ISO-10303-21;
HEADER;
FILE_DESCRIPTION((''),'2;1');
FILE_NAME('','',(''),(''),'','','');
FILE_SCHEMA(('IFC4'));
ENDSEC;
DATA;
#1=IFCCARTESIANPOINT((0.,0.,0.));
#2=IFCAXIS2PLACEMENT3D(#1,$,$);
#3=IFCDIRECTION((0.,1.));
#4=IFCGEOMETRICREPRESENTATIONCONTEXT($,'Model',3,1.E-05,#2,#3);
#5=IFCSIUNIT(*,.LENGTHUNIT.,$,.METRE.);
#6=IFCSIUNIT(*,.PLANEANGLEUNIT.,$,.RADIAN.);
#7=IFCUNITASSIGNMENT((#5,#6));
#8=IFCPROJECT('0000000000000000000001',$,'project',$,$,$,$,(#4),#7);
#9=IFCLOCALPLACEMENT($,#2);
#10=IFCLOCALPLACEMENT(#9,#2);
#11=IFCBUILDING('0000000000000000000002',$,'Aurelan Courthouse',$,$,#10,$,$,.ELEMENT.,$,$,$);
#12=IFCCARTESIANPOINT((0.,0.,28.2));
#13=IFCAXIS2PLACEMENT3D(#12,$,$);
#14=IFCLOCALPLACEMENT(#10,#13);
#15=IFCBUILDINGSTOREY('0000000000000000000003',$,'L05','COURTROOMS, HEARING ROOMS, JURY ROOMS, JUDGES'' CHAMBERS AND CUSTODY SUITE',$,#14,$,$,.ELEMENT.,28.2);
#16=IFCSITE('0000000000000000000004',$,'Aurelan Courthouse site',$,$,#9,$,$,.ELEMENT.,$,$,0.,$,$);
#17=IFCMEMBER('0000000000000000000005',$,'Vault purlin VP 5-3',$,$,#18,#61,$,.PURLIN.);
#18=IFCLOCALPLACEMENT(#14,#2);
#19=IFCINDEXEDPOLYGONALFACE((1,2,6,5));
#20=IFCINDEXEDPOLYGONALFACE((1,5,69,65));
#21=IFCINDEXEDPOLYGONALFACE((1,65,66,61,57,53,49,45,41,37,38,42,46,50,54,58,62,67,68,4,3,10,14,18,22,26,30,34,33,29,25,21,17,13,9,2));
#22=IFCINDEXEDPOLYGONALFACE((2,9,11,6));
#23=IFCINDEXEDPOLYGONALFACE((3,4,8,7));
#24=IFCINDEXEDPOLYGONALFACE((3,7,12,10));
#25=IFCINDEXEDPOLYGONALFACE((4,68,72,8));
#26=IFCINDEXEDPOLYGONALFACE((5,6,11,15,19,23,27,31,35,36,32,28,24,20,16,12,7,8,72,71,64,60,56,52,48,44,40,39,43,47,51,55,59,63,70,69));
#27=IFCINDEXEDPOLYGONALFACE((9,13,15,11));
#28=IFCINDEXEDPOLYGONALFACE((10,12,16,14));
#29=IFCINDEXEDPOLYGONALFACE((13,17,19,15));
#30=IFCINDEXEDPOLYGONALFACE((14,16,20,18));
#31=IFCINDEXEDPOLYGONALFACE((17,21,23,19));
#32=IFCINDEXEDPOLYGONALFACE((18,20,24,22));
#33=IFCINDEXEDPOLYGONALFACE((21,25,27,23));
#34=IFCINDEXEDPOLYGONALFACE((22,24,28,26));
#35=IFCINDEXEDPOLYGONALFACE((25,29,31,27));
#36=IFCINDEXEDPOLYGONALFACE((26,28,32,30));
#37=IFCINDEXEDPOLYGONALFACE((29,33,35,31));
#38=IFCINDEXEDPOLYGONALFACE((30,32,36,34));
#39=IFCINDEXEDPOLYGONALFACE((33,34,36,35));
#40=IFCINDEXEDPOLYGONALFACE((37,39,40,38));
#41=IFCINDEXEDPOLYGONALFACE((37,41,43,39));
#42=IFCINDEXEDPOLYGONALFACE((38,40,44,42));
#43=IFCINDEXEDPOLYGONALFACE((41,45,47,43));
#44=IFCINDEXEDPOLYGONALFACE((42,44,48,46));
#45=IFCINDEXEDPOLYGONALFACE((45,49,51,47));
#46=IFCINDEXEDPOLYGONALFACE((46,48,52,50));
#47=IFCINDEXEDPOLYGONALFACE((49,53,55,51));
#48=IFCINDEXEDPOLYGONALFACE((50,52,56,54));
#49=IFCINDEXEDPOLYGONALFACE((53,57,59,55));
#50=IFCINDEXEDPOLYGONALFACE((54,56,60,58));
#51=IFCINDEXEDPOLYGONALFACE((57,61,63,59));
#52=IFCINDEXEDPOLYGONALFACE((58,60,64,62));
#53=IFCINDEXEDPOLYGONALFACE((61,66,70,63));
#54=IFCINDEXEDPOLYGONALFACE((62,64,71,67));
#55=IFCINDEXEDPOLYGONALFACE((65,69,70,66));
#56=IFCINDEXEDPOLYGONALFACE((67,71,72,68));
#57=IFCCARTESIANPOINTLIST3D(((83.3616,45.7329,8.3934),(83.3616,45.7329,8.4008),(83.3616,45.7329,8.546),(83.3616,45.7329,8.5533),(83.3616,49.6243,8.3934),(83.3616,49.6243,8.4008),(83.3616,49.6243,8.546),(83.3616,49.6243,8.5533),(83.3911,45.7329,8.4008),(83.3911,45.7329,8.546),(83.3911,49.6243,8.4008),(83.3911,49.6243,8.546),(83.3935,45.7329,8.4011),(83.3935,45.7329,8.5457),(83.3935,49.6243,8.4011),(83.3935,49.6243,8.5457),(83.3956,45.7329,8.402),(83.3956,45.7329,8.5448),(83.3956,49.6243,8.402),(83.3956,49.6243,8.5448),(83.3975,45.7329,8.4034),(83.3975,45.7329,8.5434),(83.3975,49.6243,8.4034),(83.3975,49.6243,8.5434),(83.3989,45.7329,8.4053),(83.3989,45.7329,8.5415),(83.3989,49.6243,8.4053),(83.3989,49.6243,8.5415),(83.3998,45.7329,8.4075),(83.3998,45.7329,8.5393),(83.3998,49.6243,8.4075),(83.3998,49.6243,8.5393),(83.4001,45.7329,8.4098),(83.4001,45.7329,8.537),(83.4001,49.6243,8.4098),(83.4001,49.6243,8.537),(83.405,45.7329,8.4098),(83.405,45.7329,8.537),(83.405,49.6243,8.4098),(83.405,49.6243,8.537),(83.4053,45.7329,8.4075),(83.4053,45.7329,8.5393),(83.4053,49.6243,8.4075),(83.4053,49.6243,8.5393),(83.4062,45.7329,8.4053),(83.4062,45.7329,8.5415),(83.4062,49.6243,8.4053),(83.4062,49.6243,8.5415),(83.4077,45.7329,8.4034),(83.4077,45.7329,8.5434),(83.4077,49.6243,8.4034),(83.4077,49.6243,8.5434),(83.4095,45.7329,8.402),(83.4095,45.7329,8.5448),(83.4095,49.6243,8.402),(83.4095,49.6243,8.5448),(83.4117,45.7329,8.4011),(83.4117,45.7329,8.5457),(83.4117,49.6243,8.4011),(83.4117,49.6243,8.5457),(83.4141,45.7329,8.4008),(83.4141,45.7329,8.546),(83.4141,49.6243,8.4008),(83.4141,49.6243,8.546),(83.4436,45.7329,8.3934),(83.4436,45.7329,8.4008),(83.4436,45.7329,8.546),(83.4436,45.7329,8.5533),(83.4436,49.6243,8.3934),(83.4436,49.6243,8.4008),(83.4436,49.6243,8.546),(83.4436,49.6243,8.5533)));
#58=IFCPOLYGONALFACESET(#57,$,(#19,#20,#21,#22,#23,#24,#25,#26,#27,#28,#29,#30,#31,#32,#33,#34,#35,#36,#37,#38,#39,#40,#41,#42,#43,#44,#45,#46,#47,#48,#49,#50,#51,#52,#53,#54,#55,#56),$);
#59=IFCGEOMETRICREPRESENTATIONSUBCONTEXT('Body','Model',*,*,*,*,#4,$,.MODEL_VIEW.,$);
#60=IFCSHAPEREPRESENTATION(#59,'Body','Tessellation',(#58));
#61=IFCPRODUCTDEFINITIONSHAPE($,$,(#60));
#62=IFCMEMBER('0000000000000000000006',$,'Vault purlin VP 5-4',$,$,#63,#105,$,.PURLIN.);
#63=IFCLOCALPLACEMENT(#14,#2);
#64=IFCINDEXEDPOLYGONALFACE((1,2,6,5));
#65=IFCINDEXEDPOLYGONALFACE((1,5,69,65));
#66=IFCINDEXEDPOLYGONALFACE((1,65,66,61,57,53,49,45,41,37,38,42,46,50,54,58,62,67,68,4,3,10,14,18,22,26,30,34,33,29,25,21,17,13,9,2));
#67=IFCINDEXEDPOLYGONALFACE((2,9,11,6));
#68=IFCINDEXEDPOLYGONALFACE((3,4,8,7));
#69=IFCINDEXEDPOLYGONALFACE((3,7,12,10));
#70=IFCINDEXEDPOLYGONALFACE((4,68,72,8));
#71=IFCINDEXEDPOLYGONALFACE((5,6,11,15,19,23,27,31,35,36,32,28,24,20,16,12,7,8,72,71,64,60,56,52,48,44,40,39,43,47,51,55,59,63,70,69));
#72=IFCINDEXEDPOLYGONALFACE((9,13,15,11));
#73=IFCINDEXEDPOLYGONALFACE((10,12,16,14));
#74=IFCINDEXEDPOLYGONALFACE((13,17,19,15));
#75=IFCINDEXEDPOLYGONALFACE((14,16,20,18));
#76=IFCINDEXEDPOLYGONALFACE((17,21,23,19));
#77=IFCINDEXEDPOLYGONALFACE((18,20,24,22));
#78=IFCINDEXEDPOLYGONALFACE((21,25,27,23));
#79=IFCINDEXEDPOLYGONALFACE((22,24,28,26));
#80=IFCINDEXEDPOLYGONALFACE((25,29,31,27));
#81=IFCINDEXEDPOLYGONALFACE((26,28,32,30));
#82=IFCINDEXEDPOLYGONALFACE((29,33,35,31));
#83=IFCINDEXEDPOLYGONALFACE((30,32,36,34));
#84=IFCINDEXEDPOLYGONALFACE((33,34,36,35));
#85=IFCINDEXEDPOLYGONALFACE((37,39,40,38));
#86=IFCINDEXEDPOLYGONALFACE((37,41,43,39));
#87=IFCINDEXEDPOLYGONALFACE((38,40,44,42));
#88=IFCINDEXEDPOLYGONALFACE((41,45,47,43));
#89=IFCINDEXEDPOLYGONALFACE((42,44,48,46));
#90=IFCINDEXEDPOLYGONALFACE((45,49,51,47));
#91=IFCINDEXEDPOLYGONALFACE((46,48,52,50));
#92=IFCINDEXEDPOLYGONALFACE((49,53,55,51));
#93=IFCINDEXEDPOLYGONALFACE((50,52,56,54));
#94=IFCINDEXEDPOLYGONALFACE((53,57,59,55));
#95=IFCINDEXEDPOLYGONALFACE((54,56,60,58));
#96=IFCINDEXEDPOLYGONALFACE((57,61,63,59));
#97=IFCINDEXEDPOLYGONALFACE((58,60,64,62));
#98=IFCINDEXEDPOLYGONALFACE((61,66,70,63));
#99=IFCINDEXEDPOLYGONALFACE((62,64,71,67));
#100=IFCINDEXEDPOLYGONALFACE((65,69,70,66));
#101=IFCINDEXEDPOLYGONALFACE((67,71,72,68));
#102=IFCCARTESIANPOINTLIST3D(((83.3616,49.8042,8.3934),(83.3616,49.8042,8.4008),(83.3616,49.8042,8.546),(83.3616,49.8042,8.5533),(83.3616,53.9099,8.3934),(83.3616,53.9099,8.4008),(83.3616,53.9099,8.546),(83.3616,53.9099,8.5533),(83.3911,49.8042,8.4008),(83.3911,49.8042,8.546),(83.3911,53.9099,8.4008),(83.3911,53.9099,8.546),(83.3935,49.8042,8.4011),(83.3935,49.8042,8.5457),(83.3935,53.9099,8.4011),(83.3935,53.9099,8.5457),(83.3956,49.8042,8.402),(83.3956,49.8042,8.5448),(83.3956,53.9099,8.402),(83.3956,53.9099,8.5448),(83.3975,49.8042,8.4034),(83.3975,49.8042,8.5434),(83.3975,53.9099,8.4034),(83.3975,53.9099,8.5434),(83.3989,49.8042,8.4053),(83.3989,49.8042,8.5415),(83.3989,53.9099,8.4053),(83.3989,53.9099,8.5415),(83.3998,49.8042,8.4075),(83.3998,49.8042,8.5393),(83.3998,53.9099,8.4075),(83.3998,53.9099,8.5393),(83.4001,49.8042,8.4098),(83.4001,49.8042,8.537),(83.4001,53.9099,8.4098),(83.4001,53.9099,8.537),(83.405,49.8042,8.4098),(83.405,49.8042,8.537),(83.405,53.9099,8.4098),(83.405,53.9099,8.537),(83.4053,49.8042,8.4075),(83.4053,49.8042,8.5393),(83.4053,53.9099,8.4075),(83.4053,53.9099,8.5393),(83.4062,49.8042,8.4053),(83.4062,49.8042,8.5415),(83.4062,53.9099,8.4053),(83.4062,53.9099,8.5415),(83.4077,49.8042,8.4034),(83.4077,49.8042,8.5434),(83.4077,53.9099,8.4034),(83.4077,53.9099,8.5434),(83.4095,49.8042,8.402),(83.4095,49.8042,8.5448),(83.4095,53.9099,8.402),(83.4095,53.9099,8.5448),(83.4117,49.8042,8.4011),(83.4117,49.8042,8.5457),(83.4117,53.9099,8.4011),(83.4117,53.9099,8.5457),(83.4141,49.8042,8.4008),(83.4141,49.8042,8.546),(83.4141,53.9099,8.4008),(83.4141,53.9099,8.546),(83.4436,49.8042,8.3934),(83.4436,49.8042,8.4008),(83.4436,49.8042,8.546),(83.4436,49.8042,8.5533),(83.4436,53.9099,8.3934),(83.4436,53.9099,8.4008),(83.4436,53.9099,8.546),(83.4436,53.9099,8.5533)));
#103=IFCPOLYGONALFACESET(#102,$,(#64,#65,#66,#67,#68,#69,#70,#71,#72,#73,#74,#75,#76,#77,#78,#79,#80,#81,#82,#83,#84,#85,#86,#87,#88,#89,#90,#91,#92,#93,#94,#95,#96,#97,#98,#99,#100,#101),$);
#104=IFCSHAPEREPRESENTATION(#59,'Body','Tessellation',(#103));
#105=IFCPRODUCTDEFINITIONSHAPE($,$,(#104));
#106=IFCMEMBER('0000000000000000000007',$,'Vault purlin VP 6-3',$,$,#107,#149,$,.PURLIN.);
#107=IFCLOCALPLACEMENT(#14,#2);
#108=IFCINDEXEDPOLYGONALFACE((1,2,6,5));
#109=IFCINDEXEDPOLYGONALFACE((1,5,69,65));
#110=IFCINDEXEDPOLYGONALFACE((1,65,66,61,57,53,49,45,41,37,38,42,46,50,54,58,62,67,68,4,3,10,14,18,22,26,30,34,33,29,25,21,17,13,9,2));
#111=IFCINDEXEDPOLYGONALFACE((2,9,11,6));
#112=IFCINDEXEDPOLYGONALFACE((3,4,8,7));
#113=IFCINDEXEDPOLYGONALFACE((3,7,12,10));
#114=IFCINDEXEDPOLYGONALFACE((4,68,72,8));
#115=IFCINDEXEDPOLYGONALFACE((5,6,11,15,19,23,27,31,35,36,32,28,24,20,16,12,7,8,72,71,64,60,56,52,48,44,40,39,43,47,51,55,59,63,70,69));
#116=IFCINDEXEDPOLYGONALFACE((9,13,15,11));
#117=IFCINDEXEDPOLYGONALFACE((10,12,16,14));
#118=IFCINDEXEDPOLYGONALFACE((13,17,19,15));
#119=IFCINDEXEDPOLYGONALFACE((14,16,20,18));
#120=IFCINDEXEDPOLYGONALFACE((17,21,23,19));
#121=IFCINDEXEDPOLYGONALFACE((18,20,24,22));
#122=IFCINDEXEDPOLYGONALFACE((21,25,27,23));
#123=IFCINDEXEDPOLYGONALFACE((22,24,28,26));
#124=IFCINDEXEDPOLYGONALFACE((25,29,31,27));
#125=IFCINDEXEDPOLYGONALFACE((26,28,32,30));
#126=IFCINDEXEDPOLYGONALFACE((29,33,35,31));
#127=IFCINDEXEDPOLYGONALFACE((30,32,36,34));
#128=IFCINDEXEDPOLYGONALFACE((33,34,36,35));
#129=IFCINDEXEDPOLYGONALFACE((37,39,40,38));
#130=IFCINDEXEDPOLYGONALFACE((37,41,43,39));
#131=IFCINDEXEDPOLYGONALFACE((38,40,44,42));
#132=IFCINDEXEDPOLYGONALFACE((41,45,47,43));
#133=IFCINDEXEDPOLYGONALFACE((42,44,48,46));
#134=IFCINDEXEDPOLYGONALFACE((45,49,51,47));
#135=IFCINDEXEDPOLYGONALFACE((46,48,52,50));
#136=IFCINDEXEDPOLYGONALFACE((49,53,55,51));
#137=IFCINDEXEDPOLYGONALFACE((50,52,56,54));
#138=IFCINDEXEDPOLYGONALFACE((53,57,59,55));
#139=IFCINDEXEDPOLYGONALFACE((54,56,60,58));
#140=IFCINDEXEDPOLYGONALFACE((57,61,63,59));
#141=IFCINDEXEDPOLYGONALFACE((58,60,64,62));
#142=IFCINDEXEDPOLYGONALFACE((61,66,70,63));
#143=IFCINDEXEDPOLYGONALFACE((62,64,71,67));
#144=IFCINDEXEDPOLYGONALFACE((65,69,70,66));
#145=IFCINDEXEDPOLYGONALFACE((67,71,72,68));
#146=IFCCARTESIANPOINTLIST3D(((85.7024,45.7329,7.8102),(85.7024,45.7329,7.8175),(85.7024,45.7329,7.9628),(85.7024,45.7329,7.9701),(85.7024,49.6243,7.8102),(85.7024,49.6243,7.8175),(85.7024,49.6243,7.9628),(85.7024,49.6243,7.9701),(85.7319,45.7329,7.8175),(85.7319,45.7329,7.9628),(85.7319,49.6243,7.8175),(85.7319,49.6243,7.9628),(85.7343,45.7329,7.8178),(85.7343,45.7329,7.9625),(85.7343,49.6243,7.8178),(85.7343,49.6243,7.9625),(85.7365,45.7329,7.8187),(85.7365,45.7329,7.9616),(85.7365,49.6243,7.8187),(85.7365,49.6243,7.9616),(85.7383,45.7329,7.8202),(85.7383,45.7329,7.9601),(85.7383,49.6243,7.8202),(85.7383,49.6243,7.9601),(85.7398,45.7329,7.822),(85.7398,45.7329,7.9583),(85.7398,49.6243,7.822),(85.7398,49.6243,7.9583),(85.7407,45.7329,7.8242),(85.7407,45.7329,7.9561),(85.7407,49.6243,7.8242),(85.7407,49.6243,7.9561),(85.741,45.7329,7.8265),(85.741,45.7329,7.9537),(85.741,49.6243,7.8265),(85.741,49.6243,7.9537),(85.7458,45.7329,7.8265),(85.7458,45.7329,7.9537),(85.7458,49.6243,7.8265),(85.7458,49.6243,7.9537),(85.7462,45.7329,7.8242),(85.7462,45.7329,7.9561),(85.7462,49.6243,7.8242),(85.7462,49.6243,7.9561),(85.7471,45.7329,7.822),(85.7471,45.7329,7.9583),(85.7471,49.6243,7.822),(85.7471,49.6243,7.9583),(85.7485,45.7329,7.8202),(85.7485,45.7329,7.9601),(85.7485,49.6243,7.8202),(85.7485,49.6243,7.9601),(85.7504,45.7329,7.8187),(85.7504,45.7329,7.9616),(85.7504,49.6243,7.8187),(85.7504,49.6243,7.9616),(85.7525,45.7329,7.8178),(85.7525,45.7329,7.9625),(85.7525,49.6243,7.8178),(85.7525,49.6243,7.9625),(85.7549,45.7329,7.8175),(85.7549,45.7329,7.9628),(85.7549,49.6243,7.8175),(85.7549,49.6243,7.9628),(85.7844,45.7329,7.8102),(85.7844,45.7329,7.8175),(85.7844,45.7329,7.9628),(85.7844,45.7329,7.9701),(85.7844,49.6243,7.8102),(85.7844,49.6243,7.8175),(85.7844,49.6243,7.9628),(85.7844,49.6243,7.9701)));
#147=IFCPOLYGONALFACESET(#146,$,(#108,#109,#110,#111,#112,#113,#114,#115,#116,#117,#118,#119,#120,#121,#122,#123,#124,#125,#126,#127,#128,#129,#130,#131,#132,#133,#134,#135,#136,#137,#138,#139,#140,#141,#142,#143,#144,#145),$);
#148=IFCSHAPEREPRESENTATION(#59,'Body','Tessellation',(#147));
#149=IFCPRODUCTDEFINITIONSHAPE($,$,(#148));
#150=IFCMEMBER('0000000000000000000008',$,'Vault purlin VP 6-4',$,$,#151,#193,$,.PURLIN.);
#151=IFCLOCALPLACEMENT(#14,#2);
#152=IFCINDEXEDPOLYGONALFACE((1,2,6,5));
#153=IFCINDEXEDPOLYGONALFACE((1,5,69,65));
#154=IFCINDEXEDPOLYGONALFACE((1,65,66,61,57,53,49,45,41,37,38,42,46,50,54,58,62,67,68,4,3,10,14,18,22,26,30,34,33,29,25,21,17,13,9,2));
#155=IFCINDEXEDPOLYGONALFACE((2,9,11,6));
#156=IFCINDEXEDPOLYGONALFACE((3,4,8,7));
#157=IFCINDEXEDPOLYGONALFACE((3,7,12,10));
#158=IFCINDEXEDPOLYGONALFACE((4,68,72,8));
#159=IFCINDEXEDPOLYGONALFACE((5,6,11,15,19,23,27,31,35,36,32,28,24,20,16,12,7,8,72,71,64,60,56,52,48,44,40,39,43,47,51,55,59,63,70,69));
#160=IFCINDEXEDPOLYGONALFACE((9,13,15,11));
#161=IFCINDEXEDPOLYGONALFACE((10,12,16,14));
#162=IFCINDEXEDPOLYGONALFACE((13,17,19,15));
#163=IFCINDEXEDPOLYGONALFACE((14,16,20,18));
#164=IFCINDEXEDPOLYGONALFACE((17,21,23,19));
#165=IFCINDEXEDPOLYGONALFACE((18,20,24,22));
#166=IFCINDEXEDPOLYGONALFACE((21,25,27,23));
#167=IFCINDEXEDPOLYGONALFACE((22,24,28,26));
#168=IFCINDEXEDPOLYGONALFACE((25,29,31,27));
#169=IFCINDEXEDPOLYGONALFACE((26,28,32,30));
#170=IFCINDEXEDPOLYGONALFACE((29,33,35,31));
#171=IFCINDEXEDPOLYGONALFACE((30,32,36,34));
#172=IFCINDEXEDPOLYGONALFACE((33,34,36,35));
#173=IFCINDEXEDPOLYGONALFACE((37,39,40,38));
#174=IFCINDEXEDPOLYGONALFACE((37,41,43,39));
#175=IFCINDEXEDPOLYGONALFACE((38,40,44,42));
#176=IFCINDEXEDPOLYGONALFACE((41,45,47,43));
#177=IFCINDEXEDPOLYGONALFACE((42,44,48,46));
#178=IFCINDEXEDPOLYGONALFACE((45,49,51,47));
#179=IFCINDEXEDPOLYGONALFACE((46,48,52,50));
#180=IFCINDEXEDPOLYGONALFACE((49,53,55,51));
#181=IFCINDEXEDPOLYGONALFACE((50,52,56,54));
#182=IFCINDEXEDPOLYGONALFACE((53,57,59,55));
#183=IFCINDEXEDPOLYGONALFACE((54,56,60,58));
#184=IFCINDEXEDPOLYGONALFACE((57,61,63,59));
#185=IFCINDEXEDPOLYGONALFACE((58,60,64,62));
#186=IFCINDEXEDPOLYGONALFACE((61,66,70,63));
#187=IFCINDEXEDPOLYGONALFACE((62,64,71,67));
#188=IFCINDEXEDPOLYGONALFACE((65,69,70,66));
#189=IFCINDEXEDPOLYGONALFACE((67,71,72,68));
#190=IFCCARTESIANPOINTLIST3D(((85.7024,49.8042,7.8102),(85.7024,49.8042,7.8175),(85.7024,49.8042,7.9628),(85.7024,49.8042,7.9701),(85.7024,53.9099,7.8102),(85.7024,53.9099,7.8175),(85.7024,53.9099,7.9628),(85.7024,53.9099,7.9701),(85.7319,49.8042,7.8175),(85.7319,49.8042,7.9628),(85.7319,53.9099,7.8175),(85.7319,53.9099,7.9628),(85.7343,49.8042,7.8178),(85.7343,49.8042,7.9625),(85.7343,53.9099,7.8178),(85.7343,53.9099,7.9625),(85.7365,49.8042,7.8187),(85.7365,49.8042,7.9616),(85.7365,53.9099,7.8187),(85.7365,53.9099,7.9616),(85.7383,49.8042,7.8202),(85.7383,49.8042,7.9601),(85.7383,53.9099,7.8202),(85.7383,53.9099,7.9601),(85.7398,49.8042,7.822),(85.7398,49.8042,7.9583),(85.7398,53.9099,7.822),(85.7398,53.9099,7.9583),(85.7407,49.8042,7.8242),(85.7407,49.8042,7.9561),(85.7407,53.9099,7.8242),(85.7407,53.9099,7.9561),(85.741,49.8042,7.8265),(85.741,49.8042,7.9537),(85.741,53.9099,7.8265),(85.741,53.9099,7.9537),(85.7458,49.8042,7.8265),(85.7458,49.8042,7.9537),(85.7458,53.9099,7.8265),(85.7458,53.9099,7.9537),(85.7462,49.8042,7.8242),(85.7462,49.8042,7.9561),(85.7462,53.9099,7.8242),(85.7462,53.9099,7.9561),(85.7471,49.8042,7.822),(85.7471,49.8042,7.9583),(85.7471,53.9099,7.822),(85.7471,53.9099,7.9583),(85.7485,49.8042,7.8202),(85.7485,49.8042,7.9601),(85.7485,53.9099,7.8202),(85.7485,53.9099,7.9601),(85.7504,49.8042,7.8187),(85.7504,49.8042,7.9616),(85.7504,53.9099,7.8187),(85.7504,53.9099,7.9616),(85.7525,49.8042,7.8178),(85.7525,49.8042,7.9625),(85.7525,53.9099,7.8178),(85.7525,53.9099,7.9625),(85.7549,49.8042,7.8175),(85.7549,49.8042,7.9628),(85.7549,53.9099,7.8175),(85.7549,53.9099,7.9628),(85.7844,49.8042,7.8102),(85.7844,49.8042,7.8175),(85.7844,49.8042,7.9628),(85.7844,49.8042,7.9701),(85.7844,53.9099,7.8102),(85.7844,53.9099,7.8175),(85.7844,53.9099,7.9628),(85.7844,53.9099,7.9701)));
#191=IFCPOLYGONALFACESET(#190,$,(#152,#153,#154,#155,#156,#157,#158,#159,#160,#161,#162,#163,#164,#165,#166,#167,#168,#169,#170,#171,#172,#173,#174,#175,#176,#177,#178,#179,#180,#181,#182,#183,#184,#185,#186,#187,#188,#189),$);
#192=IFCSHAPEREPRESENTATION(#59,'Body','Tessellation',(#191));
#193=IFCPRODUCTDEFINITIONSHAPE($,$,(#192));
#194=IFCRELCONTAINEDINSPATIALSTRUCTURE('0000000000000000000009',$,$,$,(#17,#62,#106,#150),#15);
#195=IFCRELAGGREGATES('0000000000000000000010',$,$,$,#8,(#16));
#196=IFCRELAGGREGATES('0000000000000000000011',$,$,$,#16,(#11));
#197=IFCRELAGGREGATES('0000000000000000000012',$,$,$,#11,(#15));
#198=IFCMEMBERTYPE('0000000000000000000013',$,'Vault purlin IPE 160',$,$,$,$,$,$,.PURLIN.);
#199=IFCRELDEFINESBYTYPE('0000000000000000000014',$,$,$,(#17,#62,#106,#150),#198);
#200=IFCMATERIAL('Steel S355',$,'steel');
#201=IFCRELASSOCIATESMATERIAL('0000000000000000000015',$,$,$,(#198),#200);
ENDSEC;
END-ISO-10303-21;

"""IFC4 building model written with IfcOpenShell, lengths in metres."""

from ifc_helpers import new_model, si_unit, direction, frame, origin, origin_2d, place, context, subcontext, project, spatial, i_section, extrude, material, material_profile, profile_set, type_object, element, save


model = new_model("IFC4")

# Units and contexts
model_context = context("Model", 3, precision=1e-05, world=origin(), true_north=direction((0.0, 1.0)))
body_context = subcontext(model_context, "Body", "Model", "MODEL_VIEW")
ifc_project = project(units=[si_unit("LENGTHUNIT", "METRE"), si_unit("PLANEANGLEUNIT", "RADIAN")], contexts=[model_context])

# Site, building, storey
site_placement = place(None, origin())
site = spatial("IfcSite", under=ifc_project, at=site_placement, Name="Aurelan Courthouse site", CompositionType="ELEMENT", RefElevation=0.0)
building_placement = place(site_placement, origin())
building = spatial("IfcBuilding", under=site, at=building_placement, Name="Aurelan Courthouse", CompositionType="ELEMENT")
storey_placement = place(building_placement, frame((0.0, 0.0, 28.2)))
storey = spatial("IfcBuildingStorey", under=building, at=storey_placement, Name="L05", Description="COURTROOMS, HEARING ROOMS, JURY ROOMS, JUDGES' CHAMBERS AND CUSTODY SUITE", CompositionType="ELEMENT", Elevation=28.2)

# Members
ifc_material_1 = material(Name="Steel S355", Category="steel")
ifc_material_profile_1 = material_profile(ifc_material_1, i_section(OverallWidth=0.082, OverallDepth=0.1599, WebThickness=0.0049, FlangeThickness=0.0073, FilletRadius=0.009, at=origin_2d()), Name="IPE 160")
ifc_profile_set_1 = profile_set([ifc_material_profile_1], Name="Steel S355")
member_type_1 = type_object("IfcMemberType", Name="Vault purlin IPE 160", PredefinedType="PURLIN", material=ifc_profile_set_1)
member_1_placement = place(storey_placement, frame((83.4026, 45.7329, 8.4734), z_axis=(0.0, 1.0, 0.0), x_axis=(-1.0, 0.0, 0.0)))
element("IfcMember", 1, at=member_1_placement, inside=storey, type_object=member_type_1, Name="Vault purlin VP 5-3", PredefinedType="PURLIN", context=body_context, shape_type="SweptSolid", body=[
    extrude(i_section(OverallWidth=0.082, OverallDepth=0.1599, WebThickness=0.0049, FlangeThickness=0.0073, FilletRadius=0.009, at=origin_2d()), origin(), (0.0, 0.0, 1.0), 3.8914),
])
member_2_placement = place(storey_placement, frame((83.4026, 49.8042, 8.4734), z_axis=(0.0, 1.0, 0.0), x_axis=(-1.0, 0.0, 0.0)))
element("IfcMember", 2, at=member_2_placement, inside=storey, type_object=member_type_1, Name="Vault purlin VP 5-4", PredefinedType="PURLIN", context=body_context, shape_type="SweptSolid", body=[
    extrude(i_section(OverallWidth=0.082, OverallDepth=0.1599, WebThickness=0.0049, FlangeThickness=0.0073, FilletRadius=0.009, at=origin_2d()), origin(), (0.0, 0.0, 1.0), 4.1057),
])
member_3_placement = place(storey_placement, frame((85.7434, 45.7329, 7.8901), z_axis=(0.0, 1.0, 0.0), x_axis=(-1.0, 0.0, 0.0)))
element("IfcMember", 3, at=member_3_placement, inside=storey, type_object=member_type_1, Name="Vault purlin VP 6-3", PredefinedType="PURLIN", context=body_context, shape_type="SweptSolid", body=[
    extrude(i_section(OverallWidth=0.082, OverallDepth=0.1599, WebThickness=0.0049, FlangeThickness=0.0073, FilletRadius=0.009, at=origin_2d()), origin(), (0.0, 0.0, 1.0), 3.8914),
])
member_4_placement = place(storey_placement, frame((85.7434, 49.8042, 7.8901), z_axis=(0.0, 1.0, 0.0), x_axis=(-1.0, 0.0, 0.0)))
element("IfcMember", 4, at=member_4_placement, inside=storey, type_object=member_type_1, Name="Vault purlin VP 6-4", PredefinedType="PURLIN", context=body_context, shape_type="SweptSolid", body=[
    extrude(i_section(OverallWidth=0.082, OverallDepth=0.1599, WebThickness=0.0049, FlangeThickness=0.0073, FilletRadius=0.009, at=origin_2d()), origin(), (0.0, 0.0, 1.0), 4.1057),
])

save(model, "model.ifc")
